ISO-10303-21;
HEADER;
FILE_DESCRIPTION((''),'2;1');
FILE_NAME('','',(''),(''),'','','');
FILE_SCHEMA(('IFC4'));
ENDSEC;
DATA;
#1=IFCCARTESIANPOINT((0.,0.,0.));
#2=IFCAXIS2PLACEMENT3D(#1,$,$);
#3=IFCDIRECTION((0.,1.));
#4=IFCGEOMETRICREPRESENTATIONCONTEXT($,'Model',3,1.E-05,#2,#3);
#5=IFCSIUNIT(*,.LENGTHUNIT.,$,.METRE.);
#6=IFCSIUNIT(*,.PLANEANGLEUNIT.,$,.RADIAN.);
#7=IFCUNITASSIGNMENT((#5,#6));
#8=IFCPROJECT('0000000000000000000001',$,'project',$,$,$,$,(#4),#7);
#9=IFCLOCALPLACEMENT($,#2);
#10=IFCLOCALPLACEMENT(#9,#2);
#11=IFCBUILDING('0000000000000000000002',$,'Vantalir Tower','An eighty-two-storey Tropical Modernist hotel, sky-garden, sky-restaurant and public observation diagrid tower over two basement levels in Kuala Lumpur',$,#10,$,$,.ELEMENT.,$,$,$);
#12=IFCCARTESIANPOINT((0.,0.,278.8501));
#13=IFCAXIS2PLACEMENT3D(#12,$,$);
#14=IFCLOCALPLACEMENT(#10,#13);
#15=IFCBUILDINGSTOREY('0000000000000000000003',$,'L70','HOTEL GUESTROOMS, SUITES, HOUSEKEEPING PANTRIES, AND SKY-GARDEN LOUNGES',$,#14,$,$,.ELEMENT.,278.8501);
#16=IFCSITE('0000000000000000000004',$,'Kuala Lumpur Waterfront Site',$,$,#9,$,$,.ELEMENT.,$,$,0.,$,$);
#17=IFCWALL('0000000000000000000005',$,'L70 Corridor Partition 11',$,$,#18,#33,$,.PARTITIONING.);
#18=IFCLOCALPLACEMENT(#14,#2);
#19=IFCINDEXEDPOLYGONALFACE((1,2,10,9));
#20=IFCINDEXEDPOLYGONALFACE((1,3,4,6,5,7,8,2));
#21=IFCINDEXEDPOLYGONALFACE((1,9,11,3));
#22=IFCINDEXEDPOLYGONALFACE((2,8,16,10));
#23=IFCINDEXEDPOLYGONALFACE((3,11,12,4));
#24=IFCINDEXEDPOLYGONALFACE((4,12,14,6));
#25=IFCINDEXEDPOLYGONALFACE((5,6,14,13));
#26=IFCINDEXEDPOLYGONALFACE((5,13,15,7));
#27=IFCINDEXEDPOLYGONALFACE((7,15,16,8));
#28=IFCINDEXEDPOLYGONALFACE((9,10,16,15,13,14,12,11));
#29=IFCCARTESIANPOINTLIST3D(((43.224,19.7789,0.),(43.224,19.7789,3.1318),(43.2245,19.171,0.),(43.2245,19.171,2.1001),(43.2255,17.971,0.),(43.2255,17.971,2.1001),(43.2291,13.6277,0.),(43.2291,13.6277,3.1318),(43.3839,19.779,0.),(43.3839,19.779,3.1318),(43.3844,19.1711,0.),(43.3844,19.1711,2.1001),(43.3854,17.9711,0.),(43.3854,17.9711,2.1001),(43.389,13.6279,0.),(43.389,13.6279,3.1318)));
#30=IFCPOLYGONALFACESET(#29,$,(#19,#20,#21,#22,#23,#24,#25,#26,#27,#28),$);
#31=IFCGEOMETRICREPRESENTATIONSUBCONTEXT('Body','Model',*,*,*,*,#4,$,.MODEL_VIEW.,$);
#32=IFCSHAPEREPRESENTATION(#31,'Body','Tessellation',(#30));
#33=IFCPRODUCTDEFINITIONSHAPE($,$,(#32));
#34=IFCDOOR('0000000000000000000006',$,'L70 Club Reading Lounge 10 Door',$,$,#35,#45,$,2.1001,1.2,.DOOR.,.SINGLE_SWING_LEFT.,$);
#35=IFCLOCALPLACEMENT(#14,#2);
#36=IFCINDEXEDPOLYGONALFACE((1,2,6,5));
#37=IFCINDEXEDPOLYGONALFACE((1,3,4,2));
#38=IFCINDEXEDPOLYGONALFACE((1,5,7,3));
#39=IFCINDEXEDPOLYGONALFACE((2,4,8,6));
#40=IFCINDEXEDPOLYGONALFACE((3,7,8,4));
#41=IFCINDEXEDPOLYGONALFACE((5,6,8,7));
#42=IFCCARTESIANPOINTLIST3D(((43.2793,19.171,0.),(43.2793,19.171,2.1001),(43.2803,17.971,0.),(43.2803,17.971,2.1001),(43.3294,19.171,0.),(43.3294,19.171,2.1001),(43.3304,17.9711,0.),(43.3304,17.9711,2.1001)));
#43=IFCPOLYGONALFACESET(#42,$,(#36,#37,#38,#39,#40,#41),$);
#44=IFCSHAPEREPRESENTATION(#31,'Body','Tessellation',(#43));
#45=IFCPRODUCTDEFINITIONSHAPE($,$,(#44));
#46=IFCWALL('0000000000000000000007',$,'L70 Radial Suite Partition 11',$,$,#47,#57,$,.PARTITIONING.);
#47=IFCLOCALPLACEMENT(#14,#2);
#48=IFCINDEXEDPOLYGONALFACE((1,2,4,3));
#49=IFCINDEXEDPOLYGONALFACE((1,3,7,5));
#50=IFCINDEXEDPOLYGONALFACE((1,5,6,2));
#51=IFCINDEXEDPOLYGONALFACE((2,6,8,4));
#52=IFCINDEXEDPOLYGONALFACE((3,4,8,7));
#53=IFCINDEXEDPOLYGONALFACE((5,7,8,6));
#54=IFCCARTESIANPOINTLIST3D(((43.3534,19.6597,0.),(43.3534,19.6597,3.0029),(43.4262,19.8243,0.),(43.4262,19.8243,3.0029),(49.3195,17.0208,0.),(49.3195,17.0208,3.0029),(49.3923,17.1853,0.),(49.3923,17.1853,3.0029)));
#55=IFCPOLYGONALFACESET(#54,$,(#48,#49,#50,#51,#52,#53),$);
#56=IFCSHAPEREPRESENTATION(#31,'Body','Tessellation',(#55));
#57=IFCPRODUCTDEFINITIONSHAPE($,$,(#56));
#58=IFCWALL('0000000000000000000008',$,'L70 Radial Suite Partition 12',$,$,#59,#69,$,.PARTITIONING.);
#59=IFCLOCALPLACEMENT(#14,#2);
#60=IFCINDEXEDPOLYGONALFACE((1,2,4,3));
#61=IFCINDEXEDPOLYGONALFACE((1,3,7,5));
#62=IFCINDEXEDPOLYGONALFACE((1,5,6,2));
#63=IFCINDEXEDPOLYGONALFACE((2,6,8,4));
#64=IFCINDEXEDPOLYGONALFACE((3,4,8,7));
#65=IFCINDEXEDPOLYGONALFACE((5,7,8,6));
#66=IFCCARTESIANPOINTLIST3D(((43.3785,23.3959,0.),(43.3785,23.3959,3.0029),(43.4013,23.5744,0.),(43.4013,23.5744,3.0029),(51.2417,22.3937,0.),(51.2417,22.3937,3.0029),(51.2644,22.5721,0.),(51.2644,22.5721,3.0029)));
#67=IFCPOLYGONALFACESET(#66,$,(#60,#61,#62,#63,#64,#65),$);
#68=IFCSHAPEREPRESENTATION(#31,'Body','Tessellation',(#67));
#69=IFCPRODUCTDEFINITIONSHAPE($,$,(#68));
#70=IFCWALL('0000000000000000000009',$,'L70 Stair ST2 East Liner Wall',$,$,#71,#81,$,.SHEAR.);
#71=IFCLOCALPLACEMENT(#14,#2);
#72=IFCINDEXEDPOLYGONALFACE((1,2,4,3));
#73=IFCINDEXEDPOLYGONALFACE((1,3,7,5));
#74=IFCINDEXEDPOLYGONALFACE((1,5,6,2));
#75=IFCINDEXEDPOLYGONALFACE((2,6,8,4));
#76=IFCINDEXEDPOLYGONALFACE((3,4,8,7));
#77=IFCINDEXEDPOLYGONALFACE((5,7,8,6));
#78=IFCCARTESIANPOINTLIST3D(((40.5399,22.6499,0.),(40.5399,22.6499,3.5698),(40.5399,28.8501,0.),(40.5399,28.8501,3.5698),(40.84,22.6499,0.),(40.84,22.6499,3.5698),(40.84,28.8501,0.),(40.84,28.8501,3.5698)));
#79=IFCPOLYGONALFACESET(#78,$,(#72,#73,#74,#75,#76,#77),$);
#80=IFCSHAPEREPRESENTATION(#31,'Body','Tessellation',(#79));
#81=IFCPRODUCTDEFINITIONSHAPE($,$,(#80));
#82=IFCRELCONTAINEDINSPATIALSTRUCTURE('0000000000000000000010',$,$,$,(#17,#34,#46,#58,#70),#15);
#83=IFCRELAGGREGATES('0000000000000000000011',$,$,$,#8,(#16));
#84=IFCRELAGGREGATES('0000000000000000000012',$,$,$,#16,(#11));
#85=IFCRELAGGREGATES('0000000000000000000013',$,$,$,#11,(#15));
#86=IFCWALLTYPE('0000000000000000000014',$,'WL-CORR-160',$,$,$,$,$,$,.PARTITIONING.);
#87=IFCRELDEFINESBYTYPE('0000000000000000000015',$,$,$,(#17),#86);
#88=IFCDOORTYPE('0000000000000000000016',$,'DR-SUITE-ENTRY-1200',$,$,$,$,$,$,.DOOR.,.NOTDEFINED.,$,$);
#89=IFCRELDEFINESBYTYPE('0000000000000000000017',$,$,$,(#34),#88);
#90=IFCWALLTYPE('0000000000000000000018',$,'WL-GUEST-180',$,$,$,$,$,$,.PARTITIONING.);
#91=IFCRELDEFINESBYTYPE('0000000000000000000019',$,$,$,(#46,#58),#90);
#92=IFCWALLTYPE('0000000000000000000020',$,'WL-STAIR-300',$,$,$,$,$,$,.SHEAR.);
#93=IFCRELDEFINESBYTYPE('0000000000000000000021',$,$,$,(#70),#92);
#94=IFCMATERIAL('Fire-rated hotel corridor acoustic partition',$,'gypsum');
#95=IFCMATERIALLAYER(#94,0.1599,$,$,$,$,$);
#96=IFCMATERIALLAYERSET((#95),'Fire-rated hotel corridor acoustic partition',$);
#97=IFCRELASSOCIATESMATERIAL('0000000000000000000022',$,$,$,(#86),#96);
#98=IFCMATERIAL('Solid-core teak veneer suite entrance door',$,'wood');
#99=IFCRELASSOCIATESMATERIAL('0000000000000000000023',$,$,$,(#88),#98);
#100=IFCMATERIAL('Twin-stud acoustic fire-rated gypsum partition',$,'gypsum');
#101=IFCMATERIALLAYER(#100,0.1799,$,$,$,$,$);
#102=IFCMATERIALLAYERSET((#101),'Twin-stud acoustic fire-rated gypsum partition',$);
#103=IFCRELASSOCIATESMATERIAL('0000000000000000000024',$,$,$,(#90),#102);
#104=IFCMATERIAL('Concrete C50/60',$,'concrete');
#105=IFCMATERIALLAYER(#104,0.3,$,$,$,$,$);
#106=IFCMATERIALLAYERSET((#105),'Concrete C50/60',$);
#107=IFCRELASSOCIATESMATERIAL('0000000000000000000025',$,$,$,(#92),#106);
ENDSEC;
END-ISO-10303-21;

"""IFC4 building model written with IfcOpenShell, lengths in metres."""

from ifc_helpers import new_model, si_unit, direction, frame, frame_2d, origin, place, context, subcontext, project, spatial, rectangle, extrude, material, layer, layer_set, type_object, element, fill, save


model = new_model("IFC4")

# Units and contexts
model_context = context("Model", 3, precision=1e-05, world=origin(), true_north=direction((0.0, 1.0)))
body_context = subcontext(model_context, "Body", "Model", "MODEL_VIEW")
ifc_project = project(units=[si_unit("LENGTHUNIT", "METRE"), si_unit("PLANEANGLEUNIT", "RADIAN")], contexts=[model_context])

# Site, building, storey
site_placement = place(None, origin())
site = spatial("IfcSite", under=ifc_project, at=site_placement, Name="Kuala Lumpur Waterfront Site", CompositionType="ELEMENT", RefElevation=0.0)
building_placement = place(site_placement, origin())
building = spatial("IfcBuilding", under=site, at=building_placement, Name="Vantalir Tower", Description="An eighty-two-storey Tropical Modernist hotel, sky-garden, sky-restaurant and public observation diagrid tower over two basement levels in Kuala Lumpur", CompositionType="ELEMENT")
storey_placement = place(building_placement, frame((0.0, 0.0, 278.8501)))
storey = spatial("IfcBuildingStorey", under=building, at=storey_placement, Name="L70", Description="HOTEL GUESTROOMS, SUITES, HOUSEKEEPING PANTRIES, AND SKY-GARDEN LOUNGES", CompositionType="ELEMENT", Elevation=278.8501)

# Shared definitions
ifc_material_1 = material(Name="Concrete C50/60", Category="concrete")

# Wall, opening, door
ifc_material_2 = material(Name="Fire-rated hotel corridor acoustic partition", Category="gypsum")
ifc_layer_1 = layer(ifc_material_2, 0.1599)
ifc_layer_set_1 = layer_set([ifc_layer_1], Name="Fire-rated hotel corridor acoustic partition")
wall_type_1 = type_object("IfcWallType", Name="WL-CORR-160", PredefinedType="PARTITIONING", material=ifc_layer_set_1)
wall_1_placement = place(storey_placement, frame((43.304, 19.7791, 0.0), z_axis=(0.0, 0.0, 1.0), x_axis=(0.000833, -1.0, 0.0)))
wall_1 = element("IfcWall", 1, at=wall_1_placement, inside=storey, type_object=wall_type_1, Name="L70 Corridor Partition 11", PredefinedType="PARTITIONING", context=body_context, shape_type="SweptSolid", body=[
    extrude(rectangle(XDim=6.1511, YDim=0.1599, at=frame_2d((3.0757, 0.0))), origin(), (0.0, 0.0, 1.0), 3.1318),
])
opening_1_placement = place(wall_1_placement, frame((0.6079, 0.0, 0.0)))
opening_1 = element("IfcOpeningElement", 2, at=opening_1_placement, cuts=wall_1, PredefinedType="OPENING", context=body_context, shape_type="SweptSolid", body=[
    extrude(rectangle(XDim=1.2, YDim=2.1001, at=frame_2d((0.6001, 1.05))), frame((0.0, 0.0898, 0.0), z_axis=(0.0, -1.0, 0.0), x_axis=(1.0, 0.0, 0.0)), (0.0, 0.0, 1.0), 0.1799),
])
ifc_material_3 = material(Name="Solid-core teak veneer suite entrance door", Category="wood")
door_type_1 = type_object("IfcDoorType", Name="DR-SUITE-ENTRY-1200", OperationType="NOTDEFINED", PredefinedType="DOOR", material=ifc_material_3)
door_1_placement = place(opening_1_placement, origin())
door_1 = element("IfcDoor", 3, at=door_1_placement, inside=storey, type_object=door_type_1, Name="L70 Club Reading Lounge 10 Door", OperationType="SINGLE_SWING_LEFT", OverallHeight=2.1001, OverallWidth=1.2, PredefinedType="DOOR", context=body_context, shape_type="SweptSolid", body=[
    extrude(rectangle(XDim=1.2, YDim=2.1001, at=frame_2d((0.6001, 1.05))), frame((0.0, 0.0249, 0.0), z_axis=(0.0, -1.0, 0.0), x_axis=(1.0, 0.0, 0.0)), (0.0, 0.0, 1.0), 0.05),
])
fill(opening_1, door_1)

# Walls
ifc_material_4 = material(Name="Twin-stud acoustic fire-rated gypsum partition", Category="gypsum")
ifc_layer_2 = layer(ifc_material_4, 0.1799)
ifc_layer_set_2 = layer_set([ifc_layer_2], Name="Twin-stud acoustic fire-rated gypsum partition")
wall_type_2 = type_object("IfcWallType", Name="WL-GUEST-180", PredefinedType="PARTITIONING", material=ifc_layer_set_2)
wall_2_placement = place(storey_placement, frame((43.3899, 19.7419, 0.0), z_axis=(0.0, 0.0, 1.0), x_axis=(0.914531, -0.404516, 0.0)))
element("IfcWall", 4, at=wall_2_placement, inside=storey, type_object=wall_type_2, Name="L70 Radial Suite Partition 11", PredefinedType="PARTITIONING", context=body_context, shape_type="SweptSolid", body=[
    extrude(rectangle(XDim=6.5237, YDim=0.1799, at=frame_2d((3.2617, 0.0))), origin(), (0.0, 0.0, 1.0), 3.0029),
])
wall_3_placement = place(storey_placement, frame((43.3899, 23.4851, 0.0), z_axis=(0.0, 0.0, 1.0), x_axis=(0.991975, -0.126434, 0.0)))
element("IfcWall", 5, at=wall_3_placement, inside=storey, type_object=wall_type_2, Name="L70 Radial Suite Partition 12", PredefinedType="PARTITIONING", context=body_context, shape_type="SweptSolid", body=[
    extrude(rectangle(XDim=7.9268, YDim=0.1799, at=frame_2d((3.9634, 0.0))), origin(), (0.0, 0.0, 1.0), 3.0029),
])
ifc_layer_3 = layer(ifc_material_1, 0.3)
ifc_layer_set_3 = layer_set([ifc_layer_3], Name="Concrete C50/60")
wall_type_3 = type_object("IfcWallType", Name="WL-STAIR-300", PredefinedType="SHEAR", material=ifc_layer_set_3)
wall_4_placement = place(storey_placement, frame((40.6899, 22.6499, 0.0), z_axis=(0.0, 0.0, 1.0), x_axis=(0.0, 1.0, 0.0)))
element("IfcWall", 6, at=wall_4_placement, inside=storey, type_object=wall_type_3, Name="L70 Stair ST2 East Liner Wall", PredefinedType="SHEAR", context=body_context, shape_type="SweptSolid", body=[
    extrude(rectangle(XDim=6.2002, YDim=0.3, at=frame_2d((3.1001, 0.0))), origin(), (0.0, 0.0, 1.0), 3.5698),
])

save(model, "model.ifc")
